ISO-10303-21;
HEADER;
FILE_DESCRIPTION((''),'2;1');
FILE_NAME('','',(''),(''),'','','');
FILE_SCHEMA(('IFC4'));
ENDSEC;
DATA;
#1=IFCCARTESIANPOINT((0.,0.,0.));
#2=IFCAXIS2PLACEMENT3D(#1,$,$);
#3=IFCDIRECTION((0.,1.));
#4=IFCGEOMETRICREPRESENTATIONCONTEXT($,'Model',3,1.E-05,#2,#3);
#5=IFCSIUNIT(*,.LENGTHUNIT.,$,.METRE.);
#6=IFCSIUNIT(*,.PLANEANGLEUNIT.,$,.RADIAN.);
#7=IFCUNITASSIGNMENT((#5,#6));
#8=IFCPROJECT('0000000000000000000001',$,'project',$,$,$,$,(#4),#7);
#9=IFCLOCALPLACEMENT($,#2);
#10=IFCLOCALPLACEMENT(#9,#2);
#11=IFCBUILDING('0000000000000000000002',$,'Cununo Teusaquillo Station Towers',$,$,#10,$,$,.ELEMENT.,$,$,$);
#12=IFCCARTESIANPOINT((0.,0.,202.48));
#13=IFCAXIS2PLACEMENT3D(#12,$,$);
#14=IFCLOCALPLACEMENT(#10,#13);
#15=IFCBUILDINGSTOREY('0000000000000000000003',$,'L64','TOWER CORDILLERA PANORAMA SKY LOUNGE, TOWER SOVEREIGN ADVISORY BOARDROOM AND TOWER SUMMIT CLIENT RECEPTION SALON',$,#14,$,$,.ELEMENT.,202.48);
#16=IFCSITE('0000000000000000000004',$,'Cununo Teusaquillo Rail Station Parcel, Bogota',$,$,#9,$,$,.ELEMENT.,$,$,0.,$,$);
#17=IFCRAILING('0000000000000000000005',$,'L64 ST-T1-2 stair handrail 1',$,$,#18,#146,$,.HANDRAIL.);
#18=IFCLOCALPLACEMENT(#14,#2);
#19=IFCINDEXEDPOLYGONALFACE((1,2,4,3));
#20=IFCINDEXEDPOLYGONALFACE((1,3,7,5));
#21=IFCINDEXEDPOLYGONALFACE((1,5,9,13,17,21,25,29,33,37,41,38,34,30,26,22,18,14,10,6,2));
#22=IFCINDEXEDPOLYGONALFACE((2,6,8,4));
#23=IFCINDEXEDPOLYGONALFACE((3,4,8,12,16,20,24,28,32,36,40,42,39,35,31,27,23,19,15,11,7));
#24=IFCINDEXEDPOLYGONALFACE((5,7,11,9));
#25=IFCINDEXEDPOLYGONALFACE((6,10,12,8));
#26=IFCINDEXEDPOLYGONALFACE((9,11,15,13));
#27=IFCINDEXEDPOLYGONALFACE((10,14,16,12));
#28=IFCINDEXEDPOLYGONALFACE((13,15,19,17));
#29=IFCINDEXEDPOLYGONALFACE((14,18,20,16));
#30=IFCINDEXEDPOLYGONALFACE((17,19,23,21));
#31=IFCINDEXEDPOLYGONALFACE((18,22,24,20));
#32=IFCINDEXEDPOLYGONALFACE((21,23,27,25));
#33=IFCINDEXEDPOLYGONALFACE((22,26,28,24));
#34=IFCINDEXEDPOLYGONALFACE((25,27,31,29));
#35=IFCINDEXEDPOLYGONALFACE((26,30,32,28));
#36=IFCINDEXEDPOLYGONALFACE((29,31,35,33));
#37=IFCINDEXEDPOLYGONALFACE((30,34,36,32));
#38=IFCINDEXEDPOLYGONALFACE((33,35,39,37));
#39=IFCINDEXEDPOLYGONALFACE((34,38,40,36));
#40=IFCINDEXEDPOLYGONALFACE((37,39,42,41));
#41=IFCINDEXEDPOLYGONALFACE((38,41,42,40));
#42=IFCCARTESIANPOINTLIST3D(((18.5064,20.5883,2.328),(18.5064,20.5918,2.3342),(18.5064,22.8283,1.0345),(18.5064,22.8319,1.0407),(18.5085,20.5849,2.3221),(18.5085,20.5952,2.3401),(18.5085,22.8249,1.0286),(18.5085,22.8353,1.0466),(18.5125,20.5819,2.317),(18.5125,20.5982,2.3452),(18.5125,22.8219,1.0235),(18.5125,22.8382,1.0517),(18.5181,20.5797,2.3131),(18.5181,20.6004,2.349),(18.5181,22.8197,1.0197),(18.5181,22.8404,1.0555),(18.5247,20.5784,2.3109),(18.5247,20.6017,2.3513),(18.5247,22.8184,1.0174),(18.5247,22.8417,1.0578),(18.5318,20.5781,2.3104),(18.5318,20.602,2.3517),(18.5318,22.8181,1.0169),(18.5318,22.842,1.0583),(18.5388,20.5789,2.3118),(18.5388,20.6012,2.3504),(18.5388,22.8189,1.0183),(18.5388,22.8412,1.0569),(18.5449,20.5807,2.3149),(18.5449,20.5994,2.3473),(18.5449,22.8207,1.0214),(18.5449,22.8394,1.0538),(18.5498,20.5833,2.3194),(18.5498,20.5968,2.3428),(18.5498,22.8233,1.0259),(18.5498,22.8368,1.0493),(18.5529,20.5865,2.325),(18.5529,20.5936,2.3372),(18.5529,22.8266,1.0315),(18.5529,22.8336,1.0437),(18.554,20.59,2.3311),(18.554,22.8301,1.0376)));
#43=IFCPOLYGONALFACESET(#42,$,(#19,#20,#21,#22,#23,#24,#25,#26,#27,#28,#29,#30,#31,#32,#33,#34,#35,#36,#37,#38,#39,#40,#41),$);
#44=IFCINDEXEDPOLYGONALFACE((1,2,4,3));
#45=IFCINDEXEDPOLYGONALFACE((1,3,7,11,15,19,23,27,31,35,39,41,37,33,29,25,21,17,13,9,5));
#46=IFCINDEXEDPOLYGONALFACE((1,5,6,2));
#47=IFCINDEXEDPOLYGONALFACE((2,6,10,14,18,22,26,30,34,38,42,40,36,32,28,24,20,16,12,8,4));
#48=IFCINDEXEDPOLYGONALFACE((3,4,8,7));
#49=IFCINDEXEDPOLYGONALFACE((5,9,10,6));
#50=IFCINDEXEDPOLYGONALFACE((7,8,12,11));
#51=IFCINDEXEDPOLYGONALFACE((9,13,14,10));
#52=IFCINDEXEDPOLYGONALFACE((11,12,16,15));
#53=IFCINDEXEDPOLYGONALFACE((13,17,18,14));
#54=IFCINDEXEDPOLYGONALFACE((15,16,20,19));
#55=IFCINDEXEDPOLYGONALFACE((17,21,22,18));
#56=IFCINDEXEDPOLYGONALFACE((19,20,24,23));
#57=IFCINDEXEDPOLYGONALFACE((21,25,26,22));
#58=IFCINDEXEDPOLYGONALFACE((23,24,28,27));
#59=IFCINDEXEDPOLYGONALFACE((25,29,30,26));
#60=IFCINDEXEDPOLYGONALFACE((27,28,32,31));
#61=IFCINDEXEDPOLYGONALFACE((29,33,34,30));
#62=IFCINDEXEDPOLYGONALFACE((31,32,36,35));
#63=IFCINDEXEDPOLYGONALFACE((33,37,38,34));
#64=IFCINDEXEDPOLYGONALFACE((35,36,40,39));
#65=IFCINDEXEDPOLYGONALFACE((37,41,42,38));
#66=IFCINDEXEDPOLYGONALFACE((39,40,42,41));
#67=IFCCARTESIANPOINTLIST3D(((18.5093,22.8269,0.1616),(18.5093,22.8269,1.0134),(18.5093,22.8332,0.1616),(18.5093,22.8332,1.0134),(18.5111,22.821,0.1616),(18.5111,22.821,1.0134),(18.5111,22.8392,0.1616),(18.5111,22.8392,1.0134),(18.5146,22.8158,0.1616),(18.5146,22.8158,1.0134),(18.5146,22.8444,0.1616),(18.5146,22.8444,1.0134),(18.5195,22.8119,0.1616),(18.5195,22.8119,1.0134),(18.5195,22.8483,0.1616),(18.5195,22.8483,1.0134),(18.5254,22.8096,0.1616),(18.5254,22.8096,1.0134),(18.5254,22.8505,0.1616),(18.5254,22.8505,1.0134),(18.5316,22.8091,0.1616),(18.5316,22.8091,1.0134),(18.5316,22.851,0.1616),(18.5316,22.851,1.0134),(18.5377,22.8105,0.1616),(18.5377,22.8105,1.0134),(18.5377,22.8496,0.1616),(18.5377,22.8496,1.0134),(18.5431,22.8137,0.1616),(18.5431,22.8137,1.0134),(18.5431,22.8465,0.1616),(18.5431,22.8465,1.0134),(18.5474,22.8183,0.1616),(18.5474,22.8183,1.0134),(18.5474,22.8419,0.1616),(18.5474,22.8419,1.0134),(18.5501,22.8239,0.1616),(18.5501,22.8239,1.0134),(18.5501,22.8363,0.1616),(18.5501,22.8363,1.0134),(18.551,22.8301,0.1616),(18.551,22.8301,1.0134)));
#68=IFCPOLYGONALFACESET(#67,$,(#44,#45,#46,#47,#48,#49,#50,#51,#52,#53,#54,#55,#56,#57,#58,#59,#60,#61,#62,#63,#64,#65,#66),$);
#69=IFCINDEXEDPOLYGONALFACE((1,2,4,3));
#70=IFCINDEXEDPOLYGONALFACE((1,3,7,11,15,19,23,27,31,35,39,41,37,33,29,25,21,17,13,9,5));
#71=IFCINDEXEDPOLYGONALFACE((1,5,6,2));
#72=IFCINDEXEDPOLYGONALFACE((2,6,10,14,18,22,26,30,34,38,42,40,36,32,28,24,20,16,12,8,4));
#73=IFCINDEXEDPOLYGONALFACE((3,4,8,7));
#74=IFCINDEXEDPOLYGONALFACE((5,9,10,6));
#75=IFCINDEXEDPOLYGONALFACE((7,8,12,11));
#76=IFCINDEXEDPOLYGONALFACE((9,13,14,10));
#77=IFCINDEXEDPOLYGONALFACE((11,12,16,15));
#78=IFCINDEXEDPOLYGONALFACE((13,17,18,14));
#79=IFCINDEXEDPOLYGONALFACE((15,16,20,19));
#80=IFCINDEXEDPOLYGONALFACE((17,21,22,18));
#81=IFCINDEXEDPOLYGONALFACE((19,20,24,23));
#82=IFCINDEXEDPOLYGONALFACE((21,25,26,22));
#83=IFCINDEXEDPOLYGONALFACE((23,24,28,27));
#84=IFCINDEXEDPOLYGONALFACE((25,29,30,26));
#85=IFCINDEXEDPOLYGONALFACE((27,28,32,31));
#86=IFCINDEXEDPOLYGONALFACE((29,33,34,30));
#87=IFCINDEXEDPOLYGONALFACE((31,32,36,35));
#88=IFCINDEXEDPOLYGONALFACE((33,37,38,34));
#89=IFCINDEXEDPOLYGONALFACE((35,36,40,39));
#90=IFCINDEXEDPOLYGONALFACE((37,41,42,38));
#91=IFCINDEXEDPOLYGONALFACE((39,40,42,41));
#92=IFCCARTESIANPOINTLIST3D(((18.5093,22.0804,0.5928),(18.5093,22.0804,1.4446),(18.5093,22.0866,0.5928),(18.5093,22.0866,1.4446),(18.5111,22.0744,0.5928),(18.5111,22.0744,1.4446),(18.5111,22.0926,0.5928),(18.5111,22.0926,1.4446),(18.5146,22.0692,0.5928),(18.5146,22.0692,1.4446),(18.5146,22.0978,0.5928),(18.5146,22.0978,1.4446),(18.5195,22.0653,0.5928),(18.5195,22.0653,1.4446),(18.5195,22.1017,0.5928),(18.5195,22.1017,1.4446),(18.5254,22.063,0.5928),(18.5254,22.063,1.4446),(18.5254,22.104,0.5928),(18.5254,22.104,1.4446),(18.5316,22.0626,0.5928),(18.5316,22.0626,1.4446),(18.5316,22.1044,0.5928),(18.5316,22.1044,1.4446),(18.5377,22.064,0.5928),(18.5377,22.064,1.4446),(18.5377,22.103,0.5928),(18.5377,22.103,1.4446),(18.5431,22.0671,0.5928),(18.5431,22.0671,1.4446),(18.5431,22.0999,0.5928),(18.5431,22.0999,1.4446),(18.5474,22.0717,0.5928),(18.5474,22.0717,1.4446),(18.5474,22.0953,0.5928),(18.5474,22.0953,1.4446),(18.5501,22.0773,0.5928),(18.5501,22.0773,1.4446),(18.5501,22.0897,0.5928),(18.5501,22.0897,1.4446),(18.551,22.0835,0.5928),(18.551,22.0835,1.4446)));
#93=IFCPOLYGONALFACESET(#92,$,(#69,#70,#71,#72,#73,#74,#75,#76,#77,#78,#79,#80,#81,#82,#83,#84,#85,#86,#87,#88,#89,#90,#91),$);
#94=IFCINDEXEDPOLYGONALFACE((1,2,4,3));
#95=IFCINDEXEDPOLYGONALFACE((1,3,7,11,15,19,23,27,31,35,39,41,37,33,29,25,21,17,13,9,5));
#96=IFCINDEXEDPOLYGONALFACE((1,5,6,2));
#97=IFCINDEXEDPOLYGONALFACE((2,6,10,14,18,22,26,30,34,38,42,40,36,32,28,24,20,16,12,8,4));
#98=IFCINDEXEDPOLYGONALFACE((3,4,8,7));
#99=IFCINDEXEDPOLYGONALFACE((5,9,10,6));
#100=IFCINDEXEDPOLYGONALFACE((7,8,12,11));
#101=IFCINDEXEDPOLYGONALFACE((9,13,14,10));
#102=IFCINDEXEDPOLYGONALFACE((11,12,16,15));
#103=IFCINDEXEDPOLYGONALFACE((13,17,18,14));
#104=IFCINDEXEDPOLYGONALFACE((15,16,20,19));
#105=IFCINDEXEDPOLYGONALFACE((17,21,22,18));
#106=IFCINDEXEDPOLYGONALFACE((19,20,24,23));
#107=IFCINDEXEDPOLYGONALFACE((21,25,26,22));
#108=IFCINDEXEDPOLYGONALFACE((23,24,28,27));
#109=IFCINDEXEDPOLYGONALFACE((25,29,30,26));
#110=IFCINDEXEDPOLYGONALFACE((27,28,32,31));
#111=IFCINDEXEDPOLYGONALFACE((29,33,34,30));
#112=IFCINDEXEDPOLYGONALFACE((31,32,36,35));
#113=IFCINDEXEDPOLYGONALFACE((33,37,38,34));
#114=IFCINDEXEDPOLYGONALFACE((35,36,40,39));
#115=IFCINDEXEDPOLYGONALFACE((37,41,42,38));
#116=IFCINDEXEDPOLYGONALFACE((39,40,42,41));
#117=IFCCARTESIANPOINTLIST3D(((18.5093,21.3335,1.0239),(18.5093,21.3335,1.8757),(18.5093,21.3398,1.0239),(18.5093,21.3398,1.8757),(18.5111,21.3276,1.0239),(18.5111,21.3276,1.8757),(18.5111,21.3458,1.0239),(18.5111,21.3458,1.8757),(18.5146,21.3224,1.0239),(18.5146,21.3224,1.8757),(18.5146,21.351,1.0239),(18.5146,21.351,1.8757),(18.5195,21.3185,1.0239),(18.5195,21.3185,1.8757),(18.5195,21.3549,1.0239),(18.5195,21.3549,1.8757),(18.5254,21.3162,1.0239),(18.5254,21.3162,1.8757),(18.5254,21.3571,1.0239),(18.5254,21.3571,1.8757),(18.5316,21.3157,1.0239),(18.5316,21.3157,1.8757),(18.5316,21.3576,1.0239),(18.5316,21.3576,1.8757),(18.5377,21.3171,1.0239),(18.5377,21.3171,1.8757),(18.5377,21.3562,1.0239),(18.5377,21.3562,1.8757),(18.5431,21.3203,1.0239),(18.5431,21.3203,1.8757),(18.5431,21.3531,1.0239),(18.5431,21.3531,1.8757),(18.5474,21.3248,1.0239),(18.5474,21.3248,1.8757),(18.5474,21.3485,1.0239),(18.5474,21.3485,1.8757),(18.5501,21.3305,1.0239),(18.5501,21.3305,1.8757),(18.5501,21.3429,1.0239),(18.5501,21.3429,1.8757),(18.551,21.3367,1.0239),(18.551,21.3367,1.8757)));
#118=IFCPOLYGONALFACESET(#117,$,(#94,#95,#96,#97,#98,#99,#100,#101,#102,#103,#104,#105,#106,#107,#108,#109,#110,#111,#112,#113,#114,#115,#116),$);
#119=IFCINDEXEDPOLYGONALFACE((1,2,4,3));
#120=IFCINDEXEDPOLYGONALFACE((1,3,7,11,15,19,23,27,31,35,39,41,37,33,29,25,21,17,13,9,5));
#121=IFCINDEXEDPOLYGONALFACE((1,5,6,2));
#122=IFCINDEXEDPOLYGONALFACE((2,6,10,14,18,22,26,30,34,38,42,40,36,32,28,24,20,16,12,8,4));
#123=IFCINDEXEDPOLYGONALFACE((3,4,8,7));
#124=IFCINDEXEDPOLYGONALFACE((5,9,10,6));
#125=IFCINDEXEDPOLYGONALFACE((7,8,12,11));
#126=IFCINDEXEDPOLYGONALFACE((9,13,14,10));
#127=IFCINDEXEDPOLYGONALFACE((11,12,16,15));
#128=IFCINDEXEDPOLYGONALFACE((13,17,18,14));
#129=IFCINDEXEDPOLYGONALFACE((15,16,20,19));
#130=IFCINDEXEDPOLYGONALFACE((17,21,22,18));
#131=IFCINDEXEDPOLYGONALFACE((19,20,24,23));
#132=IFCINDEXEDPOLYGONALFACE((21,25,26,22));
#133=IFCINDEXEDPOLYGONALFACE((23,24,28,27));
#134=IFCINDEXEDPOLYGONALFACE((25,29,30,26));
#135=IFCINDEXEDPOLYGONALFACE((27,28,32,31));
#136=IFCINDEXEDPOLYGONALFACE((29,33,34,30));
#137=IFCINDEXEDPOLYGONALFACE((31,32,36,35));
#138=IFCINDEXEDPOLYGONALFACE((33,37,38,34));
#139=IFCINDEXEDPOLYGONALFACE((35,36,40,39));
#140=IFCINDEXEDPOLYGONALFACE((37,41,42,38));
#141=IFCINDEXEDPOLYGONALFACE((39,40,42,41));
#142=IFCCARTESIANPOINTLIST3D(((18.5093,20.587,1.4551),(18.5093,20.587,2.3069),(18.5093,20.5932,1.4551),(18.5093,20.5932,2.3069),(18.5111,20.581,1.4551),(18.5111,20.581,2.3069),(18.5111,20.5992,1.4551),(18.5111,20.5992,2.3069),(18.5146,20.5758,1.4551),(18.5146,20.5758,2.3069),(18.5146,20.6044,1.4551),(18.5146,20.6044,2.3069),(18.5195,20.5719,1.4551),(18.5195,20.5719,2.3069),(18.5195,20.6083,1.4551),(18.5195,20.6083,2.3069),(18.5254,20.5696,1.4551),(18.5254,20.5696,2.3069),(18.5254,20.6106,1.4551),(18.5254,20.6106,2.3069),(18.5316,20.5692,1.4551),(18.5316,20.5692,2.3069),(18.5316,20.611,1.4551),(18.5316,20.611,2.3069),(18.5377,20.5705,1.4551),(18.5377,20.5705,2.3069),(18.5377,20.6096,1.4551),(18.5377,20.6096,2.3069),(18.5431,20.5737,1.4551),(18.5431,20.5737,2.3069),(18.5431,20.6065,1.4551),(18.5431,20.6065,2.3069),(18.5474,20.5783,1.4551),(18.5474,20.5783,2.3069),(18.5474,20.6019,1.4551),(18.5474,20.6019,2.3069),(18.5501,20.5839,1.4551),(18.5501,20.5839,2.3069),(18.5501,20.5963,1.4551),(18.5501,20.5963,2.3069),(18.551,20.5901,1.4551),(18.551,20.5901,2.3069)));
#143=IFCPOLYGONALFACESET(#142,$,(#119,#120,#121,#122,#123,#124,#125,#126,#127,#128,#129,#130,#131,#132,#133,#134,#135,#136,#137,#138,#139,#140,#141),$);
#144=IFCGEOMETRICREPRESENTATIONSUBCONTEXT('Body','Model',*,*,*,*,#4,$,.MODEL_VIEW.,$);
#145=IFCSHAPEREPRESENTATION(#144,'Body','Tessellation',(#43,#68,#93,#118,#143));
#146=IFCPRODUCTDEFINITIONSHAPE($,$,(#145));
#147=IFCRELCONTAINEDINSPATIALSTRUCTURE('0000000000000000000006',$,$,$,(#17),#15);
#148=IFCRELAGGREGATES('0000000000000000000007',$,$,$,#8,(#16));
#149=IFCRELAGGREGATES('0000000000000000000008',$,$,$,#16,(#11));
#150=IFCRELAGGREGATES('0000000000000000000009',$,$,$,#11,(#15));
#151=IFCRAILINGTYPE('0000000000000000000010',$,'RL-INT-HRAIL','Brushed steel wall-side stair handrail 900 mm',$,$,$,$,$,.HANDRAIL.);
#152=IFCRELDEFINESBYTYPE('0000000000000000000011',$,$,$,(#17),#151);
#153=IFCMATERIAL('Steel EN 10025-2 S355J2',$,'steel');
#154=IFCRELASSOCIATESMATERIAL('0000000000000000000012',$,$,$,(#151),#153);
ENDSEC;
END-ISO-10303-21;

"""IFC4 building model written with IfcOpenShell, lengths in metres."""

from ifc_helpers import new_model, si_unit, direction, frame, origin, origin_2d, place, context, subcontext, project, spatial, circle, extrude, material, type_object, element, save


model = new_model("IFC4")

# Units and contexts
model_context = context("Model", 3, precision=1e-05, world=origin(), true_north=direction((0.0, 1.0)))
body_context = subcontext(model_context, "Body", "Model", "MODEL_VIEW")
ifc_project = project(units=[si_unit("LENGTHUNIT", "METRE"), si_unit("PLANEANGLEUNIT", "RADIAN")], contexts=[model_context])

# Site, building, storey
site_placement = place(None, origin())
site = spatial("IfcSite", under=ifc_project, at=site_placement, Name="Cununo Teusaquillo Rail Station Parcel, Bogota", CompositionType="ELEMENT", RefElevation=0.0)
building_placement = place(site_placement, origin())
building = spatial("IfcBuilding", under=site, at=building_placement, Name="Cununo Teusaquillo Station Towers", CompositionType="ELEMENT")
storey_placement = place(building_placement, frame((0.0, 0.0, 202.48)))
storey = spatial("IfcBuildingStorey", under=building, at=storey_placement, Name="L64", Description="TOWER CORDILLERA PANORAMA SKY LOUNGE, TOWER SOVEREIGN ADVISORY BOARDROOM AND TOWER SUMMIT CLIENT RECEPTION SALON", CompositionType="ELEMENT", Elevation=202.48)

# Railing
ifc_material_1 = material(Name="Steel EN 10025-2 S355J2", Category="steel")
railing_type_1 = type_object("IfcRailingType", Name="RL-INT-HRAIL", Description="Brushed steel wall-side stair handrail 900 mm", PredefinedType="HANDRAIL", material=ifc_material_1)
railing_1_placement = place(storey_placement, frame((18.53, 22.8301, 0.1616)))
element("IfcRailing", 1, at=railing_1_placement, inside=storey, type_object=railing_type_1, Name="L64 ST-T1-2 stair handrail 1", PredefinedType="HANDRAIL", context=body_context, shape_type="SweptSolid", body=[
    extrude(circle(Radius=0.0239, at=origin_2d()), frame((0.0, 0.0, 0.876), z_axis=(0.0, -0.865992, 0.500057), x_axis=(1.0, 0.0, 0.0)), (0.0, 0.0, 1.0), 2.5867),
    extrude(circle(Radius=0.021, at=origin_2d()), origin(), (0.0, 0.0, 1.0), 0.8518),
    extrude(circle(Radius=0.021, at=origin_2d()), frame((0.0, -0.7466, 0.4312)), (0.0, 0.0, 1.0), 0.8518),
    extrude(circle(Radius=0.021, at=origin_2d()), frame((0.0, -1.4934, 0.8623)), (0.0, 0.0, 1.0), 0.8518),
    extrude(circle(Radius=0.021, at=origin_2d()), frame((0.0, -2.24, 1.2935)), (0.0, 0.0, 1.0), 0.8518),
])

save(model, "model.ifc")
